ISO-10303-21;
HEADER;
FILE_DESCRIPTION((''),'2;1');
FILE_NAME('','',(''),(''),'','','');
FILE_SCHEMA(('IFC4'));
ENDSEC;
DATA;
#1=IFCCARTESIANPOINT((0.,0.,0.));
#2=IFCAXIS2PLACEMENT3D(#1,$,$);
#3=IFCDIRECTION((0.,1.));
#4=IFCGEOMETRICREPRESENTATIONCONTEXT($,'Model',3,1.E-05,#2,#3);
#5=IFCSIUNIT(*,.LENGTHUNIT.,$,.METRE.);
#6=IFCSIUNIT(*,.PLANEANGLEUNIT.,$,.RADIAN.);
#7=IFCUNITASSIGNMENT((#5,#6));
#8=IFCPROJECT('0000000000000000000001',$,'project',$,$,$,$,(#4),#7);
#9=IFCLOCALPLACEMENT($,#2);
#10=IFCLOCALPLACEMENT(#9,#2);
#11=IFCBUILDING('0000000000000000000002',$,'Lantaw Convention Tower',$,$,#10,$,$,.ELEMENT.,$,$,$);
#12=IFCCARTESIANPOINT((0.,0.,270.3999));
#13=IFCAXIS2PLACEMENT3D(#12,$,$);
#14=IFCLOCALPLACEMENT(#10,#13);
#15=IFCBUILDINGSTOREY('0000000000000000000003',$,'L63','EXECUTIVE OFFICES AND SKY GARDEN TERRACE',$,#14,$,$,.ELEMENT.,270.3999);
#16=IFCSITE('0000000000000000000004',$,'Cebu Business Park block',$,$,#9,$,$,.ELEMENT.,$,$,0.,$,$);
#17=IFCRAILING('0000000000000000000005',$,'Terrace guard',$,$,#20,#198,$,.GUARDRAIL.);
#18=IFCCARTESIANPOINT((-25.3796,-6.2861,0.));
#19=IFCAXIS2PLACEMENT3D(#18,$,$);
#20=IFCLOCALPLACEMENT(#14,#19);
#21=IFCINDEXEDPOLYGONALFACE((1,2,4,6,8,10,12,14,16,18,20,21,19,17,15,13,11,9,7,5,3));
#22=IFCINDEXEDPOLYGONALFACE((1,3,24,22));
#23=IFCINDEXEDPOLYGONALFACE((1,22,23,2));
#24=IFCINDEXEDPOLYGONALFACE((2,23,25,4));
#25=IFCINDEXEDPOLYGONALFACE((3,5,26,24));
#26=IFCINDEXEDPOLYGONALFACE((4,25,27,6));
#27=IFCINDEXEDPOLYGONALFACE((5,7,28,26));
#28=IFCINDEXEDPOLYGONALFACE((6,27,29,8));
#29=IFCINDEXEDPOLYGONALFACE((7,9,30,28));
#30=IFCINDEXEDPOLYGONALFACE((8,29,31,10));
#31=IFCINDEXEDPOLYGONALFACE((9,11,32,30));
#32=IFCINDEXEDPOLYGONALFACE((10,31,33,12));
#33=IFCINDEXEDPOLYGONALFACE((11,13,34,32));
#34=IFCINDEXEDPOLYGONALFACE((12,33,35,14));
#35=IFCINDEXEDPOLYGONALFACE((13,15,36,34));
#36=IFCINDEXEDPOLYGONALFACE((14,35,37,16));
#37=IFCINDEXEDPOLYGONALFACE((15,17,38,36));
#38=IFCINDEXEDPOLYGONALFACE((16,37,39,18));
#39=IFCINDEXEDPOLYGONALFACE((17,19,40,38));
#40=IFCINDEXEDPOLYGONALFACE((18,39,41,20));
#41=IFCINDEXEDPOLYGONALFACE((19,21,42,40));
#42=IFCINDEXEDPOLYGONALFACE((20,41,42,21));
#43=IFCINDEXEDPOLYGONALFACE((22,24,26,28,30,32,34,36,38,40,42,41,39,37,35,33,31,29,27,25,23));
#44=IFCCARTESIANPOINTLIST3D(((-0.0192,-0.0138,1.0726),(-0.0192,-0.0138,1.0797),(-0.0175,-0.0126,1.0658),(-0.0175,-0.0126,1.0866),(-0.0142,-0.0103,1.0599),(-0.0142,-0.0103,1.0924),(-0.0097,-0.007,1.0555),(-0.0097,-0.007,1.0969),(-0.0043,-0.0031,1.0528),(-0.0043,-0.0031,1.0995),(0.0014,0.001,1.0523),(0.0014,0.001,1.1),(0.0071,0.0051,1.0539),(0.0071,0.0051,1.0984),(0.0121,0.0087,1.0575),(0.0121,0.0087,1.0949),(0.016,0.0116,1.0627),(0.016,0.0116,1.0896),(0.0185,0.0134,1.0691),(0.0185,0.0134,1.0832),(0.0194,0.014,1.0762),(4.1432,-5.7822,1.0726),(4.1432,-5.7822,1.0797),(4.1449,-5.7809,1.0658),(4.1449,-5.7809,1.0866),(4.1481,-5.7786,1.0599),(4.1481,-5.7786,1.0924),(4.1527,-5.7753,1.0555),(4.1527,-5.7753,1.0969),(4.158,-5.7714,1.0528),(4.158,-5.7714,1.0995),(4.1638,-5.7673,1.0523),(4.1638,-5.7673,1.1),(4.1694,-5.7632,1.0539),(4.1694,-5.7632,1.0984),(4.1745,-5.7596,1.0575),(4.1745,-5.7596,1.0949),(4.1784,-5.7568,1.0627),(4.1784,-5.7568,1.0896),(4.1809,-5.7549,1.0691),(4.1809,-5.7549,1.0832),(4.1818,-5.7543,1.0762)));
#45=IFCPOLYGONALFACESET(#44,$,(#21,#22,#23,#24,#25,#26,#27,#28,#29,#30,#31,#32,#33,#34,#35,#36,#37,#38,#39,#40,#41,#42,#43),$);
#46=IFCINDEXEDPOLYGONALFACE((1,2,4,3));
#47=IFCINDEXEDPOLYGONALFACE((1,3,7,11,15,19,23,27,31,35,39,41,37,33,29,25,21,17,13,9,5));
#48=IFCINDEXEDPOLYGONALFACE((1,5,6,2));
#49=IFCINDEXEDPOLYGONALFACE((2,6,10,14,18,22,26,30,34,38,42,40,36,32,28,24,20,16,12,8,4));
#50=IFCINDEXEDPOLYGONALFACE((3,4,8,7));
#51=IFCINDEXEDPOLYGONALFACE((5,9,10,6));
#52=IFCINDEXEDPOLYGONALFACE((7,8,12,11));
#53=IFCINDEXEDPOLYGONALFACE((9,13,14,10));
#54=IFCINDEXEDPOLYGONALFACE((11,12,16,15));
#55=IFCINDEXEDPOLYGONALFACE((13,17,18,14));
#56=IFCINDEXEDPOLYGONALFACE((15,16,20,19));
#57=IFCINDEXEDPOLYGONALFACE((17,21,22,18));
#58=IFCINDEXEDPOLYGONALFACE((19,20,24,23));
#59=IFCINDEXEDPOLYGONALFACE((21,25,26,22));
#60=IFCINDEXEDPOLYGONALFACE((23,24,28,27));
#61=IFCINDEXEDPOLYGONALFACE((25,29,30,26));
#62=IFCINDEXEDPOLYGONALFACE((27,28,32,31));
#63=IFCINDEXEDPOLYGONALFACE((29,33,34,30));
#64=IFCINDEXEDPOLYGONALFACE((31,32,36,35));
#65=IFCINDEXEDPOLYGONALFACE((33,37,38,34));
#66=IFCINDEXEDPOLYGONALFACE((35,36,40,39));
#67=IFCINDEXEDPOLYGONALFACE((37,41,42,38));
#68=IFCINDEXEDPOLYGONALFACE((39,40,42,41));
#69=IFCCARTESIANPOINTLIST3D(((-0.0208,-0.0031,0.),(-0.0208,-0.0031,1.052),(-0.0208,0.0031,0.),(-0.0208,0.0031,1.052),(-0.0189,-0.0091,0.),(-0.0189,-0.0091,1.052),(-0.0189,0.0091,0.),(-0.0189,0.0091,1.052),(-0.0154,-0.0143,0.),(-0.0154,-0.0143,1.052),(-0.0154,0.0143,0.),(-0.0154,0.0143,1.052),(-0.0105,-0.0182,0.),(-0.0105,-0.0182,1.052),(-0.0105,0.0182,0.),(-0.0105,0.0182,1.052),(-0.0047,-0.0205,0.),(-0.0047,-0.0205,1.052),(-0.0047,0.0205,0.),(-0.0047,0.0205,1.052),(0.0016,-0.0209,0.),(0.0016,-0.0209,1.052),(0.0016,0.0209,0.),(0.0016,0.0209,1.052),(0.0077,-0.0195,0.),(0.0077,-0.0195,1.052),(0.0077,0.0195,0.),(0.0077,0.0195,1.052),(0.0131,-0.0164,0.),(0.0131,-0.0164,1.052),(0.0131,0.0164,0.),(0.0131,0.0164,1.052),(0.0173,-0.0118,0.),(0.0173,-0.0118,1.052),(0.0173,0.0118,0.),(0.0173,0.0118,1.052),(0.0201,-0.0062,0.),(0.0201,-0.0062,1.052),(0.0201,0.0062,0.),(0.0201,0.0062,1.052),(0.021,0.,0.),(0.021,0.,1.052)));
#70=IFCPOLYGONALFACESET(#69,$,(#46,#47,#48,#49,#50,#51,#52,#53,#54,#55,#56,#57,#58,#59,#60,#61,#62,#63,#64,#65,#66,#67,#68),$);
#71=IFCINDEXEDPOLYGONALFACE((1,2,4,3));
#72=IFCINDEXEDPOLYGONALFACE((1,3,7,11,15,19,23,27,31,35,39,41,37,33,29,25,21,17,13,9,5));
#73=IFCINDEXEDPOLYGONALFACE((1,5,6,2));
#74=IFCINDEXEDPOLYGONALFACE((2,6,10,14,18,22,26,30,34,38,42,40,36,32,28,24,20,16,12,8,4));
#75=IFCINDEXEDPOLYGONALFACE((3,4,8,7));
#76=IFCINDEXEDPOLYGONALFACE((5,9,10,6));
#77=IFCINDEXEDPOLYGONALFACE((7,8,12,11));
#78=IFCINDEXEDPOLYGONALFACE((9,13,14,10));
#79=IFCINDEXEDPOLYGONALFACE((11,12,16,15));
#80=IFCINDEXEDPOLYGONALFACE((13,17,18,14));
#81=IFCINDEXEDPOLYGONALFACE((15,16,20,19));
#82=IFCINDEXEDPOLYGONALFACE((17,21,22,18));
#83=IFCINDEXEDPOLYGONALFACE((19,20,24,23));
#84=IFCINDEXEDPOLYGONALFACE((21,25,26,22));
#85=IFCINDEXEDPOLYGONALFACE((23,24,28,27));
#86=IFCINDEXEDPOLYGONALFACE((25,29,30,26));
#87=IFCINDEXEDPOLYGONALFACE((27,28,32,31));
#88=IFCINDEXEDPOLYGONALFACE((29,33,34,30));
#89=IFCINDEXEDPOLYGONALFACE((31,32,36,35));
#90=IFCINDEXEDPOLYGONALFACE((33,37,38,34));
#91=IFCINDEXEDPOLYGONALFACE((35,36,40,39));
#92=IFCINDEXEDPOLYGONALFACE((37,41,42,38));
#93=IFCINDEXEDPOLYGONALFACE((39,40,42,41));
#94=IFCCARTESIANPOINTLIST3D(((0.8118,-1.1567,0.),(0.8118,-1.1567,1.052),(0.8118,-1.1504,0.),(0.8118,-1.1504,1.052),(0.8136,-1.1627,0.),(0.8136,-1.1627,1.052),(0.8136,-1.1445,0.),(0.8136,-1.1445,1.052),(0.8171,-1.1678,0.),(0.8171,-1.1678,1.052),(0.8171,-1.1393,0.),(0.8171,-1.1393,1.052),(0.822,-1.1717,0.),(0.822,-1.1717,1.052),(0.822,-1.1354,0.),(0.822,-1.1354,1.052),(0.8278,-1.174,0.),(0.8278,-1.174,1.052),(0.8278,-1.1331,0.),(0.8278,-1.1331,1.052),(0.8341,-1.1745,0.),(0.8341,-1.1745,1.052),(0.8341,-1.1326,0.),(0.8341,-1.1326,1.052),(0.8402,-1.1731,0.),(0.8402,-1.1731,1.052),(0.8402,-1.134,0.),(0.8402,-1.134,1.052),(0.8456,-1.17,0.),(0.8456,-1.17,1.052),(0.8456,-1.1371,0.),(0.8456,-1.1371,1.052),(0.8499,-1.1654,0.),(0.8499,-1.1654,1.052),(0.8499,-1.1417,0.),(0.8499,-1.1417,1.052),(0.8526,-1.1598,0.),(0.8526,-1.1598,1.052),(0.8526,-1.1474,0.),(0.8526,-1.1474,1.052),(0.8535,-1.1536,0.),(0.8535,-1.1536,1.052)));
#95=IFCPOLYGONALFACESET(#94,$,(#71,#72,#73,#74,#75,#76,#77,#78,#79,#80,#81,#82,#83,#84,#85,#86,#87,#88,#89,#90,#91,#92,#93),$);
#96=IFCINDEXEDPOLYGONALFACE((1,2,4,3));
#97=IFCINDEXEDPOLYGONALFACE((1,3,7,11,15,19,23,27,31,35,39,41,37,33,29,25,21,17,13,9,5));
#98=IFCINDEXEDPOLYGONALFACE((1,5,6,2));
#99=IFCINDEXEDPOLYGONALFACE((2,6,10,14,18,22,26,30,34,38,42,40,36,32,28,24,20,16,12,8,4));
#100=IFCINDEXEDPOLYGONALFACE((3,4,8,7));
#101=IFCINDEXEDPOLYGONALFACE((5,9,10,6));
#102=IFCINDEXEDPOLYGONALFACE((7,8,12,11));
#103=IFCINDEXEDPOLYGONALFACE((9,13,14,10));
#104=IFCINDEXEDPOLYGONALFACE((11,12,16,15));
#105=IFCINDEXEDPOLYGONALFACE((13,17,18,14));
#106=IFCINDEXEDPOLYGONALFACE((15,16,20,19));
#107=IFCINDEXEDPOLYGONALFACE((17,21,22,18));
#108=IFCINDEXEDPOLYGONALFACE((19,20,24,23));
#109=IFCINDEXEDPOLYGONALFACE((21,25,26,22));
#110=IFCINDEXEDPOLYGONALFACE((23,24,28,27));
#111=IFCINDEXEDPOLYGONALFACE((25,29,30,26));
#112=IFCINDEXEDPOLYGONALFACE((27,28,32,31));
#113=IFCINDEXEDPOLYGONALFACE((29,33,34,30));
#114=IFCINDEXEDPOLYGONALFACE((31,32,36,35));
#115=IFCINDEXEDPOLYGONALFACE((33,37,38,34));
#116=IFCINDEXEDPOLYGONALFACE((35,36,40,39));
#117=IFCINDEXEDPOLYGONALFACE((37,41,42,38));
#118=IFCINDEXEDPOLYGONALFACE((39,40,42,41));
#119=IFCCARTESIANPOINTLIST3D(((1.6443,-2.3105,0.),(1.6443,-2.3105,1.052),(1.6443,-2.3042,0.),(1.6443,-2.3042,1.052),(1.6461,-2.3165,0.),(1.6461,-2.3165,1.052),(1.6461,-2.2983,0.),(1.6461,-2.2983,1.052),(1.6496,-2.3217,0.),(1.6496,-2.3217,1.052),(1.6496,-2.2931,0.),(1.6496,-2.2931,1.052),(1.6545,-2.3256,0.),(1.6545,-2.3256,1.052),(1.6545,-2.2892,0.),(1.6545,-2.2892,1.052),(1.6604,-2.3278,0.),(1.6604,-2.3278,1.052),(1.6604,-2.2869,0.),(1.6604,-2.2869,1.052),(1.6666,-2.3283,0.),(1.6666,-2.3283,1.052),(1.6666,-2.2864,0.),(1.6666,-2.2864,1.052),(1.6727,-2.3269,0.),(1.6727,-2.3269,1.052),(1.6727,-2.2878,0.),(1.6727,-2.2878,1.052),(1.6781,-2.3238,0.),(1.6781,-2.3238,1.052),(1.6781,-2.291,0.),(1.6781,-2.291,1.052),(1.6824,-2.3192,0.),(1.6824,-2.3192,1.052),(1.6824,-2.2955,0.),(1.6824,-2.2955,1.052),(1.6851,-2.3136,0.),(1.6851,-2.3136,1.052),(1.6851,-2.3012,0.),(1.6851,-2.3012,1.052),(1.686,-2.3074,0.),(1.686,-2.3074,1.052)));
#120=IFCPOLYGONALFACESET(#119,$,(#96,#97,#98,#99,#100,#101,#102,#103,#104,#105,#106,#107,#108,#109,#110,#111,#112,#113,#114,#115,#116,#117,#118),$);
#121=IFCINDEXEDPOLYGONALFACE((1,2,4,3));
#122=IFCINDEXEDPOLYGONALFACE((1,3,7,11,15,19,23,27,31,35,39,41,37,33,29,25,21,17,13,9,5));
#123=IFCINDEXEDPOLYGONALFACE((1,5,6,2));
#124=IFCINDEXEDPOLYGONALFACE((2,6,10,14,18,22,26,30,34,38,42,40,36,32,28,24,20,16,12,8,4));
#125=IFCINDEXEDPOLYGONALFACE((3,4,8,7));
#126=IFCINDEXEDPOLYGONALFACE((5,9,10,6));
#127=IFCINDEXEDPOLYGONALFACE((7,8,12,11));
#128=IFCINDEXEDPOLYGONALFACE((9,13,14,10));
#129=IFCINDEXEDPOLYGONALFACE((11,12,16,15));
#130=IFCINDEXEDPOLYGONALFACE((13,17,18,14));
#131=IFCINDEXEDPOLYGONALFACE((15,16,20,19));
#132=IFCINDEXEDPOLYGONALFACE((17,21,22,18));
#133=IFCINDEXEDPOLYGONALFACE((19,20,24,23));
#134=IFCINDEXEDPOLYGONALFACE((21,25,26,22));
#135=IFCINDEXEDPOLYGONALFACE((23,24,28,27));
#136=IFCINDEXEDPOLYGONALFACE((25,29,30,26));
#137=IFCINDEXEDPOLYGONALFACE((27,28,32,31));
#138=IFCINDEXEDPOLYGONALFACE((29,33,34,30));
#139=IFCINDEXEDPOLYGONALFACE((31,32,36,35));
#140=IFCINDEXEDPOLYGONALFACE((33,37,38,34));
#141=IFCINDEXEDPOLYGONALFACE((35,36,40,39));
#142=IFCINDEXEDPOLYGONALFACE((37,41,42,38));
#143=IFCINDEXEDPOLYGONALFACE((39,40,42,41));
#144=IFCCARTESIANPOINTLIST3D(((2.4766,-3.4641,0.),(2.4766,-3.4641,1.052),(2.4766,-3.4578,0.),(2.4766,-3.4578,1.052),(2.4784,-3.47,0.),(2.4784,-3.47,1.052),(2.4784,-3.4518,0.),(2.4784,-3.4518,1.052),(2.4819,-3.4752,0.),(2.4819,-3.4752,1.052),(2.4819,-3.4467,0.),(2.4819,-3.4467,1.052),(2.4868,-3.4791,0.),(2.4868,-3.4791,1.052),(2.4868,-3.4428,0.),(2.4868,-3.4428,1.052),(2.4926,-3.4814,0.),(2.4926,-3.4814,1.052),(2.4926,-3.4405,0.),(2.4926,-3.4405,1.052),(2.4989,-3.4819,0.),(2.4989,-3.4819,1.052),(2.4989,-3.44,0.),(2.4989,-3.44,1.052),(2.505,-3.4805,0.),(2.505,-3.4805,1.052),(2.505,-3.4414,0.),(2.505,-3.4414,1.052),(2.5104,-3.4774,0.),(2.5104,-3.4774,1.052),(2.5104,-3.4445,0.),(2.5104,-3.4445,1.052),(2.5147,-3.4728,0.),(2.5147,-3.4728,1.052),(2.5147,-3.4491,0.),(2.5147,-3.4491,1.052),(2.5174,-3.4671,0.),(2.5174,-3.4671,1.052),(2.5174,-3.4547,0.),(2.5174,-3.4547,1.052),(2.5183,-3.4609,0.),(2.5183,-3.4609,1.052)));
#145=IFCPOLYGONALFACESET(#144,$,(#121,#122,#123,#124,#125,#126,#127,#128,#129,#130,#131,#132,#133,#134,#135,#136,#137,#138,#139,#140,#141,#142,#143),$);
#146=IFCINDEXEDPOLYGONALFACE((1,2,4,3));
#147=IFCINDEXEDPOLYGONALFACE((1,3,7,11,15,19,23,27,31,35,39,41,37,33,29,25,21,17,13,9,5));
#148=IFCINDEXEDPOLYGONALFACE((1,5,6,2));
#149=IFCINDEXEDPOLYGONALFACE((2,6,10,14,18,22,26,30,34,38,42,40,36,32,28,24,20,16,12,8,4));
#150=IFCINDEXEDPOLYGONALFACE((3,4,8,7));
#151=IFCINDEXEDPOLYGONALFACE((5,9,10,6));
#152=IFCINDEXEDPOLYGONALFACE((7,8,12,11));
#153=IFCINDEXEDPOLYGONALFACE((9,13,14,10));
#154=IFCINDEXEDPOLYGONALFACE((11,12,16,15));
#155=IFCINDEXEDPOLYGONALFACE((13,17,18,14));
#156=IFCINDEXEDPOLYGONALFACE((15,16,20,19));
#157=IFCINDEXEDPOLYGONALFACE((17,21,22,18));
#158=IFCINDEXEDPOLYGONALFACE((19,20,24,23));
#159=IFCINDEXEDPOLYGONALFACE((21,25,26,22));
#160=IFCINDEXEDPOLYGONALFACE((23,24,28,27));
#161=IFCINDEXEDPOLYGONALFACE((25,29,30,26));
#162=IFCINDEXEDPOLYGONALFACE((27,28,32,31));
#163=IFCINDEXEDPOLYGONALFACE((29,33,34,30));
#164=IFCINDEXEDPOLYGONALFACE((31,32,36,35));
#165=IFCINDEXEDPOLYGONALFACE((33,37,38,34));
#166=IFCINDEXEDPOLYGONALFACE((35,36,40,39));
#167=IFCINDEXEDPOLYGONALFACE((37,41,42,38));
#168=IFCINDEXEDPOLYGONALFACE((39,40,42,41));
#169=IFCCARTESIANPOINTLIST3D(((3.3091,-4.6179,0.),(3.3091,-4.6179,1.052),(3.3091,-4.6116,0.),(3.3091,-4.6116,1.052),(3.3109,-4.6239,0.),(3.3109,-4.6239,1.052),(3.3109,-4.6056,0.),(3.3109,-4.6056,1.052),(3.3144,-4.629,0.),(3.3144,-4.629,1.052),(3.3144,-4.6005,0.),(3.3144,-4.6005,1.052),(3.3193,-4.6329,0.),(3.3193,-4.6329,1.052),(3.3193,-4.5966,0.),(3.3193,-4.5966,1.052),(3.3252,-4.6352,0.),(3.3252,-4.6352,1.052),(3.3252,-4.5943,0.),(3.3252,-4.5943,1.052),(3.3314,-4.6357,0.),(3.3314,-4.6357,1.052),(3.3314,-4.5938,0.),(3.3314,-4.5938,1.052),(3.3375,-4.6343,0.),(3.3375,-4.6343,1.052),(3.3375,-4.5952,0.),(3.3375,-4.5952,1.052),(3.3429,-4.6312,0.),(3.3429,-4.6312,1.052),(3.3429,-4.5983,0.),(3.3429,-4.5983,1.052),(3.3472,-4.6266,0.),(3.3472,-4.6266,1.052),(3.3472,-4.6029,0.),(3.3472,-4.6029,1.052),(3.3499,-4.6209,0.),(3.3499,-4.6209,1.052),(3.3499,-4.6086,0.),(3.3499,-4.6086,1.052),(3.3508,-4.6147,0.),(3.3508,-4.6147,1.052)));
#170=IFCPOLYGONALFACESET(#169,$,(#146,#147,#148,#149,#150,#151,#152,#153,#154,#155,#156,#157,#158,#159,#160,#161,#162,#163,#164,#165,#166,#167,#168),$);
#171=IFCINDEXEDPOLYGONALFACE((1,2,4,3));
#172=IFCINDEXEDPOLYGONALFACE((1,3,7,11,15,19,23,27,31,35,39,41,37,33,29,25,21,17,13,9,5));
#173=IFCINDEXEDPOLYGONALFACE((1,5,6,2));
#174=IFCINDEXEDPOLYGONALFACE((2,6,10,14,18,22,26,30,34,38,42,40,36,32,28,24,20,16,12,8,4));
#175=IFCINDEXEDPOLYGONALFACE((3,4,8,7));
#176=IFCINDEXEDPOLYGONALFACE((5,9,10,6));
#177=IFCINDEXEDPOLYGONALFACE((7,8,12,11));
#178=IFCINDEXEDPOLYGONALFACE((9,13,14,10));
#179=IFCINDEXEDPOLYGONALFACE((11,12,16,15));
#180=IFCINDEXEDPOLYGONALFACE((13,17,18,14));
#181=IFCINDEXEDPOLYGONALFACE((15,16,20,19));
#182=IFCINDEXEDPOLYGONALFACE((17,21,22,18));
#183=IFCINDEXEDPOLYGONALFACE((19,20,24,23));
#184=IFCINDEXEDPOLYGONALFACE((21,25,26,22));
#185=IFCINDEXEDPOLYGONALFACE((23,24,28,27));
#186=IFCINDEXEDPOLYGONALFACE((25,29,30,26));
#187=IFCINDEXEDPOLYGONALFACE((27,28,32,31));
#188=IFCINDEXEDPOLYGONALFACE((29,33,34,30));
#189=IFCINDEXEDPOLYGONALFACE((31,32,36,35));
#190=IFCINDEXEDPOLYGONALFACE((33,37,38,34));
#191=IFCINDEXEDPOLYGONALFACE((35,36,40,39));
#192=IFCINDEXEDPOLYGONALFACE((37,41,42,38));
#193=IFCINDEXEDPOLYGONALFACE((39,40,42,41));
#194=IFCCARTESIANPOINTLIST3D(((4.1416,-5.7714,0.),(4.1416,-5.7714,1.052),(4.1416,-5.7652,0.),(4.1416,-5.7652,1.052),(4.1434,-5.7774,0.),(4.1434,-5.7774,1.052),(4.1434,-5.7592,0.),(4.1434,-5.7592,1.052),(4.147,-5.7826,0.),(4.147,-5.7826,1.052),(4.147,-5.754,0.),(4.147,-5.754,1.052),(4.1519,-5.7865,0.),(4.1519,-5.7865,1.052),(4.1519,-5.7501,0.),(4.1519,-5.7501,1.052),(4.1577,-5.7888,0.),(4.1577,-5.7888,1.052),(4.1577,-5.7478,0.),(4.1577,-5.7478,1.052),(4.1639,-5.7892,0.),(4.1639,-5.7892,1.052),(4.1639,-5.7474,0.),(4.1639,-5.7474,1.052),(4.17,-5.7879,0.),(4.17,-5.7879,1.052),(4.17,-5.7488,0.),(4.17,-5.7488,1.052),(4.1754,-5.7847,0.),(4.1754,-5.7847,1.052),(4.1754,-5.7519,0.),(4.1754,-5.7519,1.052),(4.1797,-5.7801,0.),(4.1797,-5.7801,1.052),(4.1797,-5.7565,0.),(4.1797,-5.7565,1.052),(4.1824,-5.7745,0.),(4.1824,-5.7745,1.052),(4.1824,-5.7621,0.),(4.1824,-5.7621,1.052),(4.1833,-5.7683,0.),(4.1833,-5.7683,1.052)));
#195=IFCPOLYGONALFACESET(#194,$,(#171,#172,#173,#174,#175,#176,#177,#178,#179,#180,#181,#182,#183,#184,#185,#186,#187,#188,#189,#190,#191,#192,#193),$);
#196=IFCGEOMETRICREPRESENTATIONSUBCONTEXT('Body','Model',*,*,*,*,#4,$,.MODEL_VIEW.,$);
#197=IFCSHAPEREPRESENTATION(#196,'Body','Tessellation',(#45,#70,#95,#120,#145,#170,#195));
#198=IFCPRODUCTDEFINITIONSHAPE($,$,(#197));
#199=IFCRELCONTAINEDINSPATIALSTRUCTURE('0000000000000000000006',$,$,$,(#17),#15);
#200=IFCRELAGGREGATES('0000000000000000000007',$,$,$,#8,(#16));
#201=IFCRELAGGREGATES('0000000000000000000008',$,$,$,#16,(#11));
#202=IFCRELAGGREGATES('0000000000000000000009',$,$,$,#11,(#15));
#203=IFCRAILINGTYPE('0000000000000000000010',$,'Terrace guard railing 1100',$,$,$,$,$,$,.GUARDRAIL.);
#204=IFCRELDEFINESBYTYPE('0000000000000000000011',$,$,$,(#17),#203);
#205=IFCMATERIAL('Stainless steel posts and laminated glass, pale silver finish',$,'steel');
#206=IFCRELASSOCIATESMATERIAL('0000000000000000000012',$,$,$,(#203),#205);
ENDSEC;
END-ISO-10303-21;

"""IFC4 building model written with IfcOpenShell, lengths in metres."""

from ifc_helpers import new_model, si_unit, direction, frame, origin, origin_2d, place, context, subcontext, project, spatial, circle, extrude, material, type_object, element, save


model = new_model("IFC4")

# Units and contexts
model_context = context("Model", 3, precision=1e-05, world=origin(), true_north=direction((0.0, 1.0)))
body_context = subcontext(model_context, "Body", "Model", "MODEL_VIEW")
ifc_project = project(units=[si_unit("LENGTHUNIT", "METRE"), si_unit("PLANEANGLEUNIT", "RADIAN")], contexts=[model_context])

# Site, building, storey
site_placement = place(None, origin())
site = spatial("IfcSite", under=ifc_project, at=site_placement, Name="Cebu Business Park block", CompositionType="ELEMENT", RefElevation=0.0)
building_placement = place(site_placement, origin())
building = spatial("IfcBuilding", under=site, at=building_placement, Name="Lantaw Convention Tower", CompositionType="ELEMENT")
storey_placement = place(building_placement, frame((0.0, 0.0, 270.3999)))
storey = spatial("IfcBuildingStorey", under=building, at=storey_placement, Name="L63", Description="EXECUTIVE OFFICES AND SKY GARDEN TERRACE", CompositionType="ELEMENT", Elevation=270.3999)

# Railing
ifc_material_1 = material(Name="Stainless steel posts and laminated glass, pale silver finish", Category="steel")
railing_type = type_object("IfcRailingType", Name="Terrace guard railing 1100", PredefinedType="GUARDRAIL", material=ifc_material_1)
railing_1_placement = place(storey_placement, frame((-25.3796, -6.2861, 0.0)))
element("IfcRailing", 1, at=railing_1_placement, inside=storey, type_object=railing_type, Name="Terrace guard", PredefinedType="GUARDRAIL", context=body_context, shape_type="SweptSolid", body=[
    extrude(circle(Radius=0.0239, at=origin_2d()), frame((0.0, 0.0, 1.0762), z_axis=(0.585153, -0.810923, 0.0), x_axis=(0.810923, 0.585153, 0.0)), (0.0, 0.0, 1.0), 7.1133),
    extrude(circle(Radius=0.021, at=origin_2d()), origin(), (0.0, 0.0, 1.0), 1.052),
    extrude(circle(Radius=0.021, at=origin_2d()), frame((0.8325, -1.1536, 0.0)), (0.0, 0.0, 1.0), 1.052),
    extrude(circle(Radius=0.021, at=origin_2d()), frame((1.665, -2.3074, 0.0)), (0.0, 0.0, 1.0), 1.052),
    extrude(circle(Radius=0.021, at=origin_2d()), frame((2.4973, -3.4609, 0.0)), (0.0, 0.0, 1.0), 1.052),
    extrude(circle(Radius=0.021, at=origin_2d()), frame((3.3298, -4.6147, 0.0)), (0.0, 0.0, 1.0), 1.052),
    extrude(circle(Radius=0.021, at=origin_2d()), frame((4.1624, -5.7683, 0.0)), (0.0, 0.0, 1.0), 1.052),
])

save(model, "model.ifc")
